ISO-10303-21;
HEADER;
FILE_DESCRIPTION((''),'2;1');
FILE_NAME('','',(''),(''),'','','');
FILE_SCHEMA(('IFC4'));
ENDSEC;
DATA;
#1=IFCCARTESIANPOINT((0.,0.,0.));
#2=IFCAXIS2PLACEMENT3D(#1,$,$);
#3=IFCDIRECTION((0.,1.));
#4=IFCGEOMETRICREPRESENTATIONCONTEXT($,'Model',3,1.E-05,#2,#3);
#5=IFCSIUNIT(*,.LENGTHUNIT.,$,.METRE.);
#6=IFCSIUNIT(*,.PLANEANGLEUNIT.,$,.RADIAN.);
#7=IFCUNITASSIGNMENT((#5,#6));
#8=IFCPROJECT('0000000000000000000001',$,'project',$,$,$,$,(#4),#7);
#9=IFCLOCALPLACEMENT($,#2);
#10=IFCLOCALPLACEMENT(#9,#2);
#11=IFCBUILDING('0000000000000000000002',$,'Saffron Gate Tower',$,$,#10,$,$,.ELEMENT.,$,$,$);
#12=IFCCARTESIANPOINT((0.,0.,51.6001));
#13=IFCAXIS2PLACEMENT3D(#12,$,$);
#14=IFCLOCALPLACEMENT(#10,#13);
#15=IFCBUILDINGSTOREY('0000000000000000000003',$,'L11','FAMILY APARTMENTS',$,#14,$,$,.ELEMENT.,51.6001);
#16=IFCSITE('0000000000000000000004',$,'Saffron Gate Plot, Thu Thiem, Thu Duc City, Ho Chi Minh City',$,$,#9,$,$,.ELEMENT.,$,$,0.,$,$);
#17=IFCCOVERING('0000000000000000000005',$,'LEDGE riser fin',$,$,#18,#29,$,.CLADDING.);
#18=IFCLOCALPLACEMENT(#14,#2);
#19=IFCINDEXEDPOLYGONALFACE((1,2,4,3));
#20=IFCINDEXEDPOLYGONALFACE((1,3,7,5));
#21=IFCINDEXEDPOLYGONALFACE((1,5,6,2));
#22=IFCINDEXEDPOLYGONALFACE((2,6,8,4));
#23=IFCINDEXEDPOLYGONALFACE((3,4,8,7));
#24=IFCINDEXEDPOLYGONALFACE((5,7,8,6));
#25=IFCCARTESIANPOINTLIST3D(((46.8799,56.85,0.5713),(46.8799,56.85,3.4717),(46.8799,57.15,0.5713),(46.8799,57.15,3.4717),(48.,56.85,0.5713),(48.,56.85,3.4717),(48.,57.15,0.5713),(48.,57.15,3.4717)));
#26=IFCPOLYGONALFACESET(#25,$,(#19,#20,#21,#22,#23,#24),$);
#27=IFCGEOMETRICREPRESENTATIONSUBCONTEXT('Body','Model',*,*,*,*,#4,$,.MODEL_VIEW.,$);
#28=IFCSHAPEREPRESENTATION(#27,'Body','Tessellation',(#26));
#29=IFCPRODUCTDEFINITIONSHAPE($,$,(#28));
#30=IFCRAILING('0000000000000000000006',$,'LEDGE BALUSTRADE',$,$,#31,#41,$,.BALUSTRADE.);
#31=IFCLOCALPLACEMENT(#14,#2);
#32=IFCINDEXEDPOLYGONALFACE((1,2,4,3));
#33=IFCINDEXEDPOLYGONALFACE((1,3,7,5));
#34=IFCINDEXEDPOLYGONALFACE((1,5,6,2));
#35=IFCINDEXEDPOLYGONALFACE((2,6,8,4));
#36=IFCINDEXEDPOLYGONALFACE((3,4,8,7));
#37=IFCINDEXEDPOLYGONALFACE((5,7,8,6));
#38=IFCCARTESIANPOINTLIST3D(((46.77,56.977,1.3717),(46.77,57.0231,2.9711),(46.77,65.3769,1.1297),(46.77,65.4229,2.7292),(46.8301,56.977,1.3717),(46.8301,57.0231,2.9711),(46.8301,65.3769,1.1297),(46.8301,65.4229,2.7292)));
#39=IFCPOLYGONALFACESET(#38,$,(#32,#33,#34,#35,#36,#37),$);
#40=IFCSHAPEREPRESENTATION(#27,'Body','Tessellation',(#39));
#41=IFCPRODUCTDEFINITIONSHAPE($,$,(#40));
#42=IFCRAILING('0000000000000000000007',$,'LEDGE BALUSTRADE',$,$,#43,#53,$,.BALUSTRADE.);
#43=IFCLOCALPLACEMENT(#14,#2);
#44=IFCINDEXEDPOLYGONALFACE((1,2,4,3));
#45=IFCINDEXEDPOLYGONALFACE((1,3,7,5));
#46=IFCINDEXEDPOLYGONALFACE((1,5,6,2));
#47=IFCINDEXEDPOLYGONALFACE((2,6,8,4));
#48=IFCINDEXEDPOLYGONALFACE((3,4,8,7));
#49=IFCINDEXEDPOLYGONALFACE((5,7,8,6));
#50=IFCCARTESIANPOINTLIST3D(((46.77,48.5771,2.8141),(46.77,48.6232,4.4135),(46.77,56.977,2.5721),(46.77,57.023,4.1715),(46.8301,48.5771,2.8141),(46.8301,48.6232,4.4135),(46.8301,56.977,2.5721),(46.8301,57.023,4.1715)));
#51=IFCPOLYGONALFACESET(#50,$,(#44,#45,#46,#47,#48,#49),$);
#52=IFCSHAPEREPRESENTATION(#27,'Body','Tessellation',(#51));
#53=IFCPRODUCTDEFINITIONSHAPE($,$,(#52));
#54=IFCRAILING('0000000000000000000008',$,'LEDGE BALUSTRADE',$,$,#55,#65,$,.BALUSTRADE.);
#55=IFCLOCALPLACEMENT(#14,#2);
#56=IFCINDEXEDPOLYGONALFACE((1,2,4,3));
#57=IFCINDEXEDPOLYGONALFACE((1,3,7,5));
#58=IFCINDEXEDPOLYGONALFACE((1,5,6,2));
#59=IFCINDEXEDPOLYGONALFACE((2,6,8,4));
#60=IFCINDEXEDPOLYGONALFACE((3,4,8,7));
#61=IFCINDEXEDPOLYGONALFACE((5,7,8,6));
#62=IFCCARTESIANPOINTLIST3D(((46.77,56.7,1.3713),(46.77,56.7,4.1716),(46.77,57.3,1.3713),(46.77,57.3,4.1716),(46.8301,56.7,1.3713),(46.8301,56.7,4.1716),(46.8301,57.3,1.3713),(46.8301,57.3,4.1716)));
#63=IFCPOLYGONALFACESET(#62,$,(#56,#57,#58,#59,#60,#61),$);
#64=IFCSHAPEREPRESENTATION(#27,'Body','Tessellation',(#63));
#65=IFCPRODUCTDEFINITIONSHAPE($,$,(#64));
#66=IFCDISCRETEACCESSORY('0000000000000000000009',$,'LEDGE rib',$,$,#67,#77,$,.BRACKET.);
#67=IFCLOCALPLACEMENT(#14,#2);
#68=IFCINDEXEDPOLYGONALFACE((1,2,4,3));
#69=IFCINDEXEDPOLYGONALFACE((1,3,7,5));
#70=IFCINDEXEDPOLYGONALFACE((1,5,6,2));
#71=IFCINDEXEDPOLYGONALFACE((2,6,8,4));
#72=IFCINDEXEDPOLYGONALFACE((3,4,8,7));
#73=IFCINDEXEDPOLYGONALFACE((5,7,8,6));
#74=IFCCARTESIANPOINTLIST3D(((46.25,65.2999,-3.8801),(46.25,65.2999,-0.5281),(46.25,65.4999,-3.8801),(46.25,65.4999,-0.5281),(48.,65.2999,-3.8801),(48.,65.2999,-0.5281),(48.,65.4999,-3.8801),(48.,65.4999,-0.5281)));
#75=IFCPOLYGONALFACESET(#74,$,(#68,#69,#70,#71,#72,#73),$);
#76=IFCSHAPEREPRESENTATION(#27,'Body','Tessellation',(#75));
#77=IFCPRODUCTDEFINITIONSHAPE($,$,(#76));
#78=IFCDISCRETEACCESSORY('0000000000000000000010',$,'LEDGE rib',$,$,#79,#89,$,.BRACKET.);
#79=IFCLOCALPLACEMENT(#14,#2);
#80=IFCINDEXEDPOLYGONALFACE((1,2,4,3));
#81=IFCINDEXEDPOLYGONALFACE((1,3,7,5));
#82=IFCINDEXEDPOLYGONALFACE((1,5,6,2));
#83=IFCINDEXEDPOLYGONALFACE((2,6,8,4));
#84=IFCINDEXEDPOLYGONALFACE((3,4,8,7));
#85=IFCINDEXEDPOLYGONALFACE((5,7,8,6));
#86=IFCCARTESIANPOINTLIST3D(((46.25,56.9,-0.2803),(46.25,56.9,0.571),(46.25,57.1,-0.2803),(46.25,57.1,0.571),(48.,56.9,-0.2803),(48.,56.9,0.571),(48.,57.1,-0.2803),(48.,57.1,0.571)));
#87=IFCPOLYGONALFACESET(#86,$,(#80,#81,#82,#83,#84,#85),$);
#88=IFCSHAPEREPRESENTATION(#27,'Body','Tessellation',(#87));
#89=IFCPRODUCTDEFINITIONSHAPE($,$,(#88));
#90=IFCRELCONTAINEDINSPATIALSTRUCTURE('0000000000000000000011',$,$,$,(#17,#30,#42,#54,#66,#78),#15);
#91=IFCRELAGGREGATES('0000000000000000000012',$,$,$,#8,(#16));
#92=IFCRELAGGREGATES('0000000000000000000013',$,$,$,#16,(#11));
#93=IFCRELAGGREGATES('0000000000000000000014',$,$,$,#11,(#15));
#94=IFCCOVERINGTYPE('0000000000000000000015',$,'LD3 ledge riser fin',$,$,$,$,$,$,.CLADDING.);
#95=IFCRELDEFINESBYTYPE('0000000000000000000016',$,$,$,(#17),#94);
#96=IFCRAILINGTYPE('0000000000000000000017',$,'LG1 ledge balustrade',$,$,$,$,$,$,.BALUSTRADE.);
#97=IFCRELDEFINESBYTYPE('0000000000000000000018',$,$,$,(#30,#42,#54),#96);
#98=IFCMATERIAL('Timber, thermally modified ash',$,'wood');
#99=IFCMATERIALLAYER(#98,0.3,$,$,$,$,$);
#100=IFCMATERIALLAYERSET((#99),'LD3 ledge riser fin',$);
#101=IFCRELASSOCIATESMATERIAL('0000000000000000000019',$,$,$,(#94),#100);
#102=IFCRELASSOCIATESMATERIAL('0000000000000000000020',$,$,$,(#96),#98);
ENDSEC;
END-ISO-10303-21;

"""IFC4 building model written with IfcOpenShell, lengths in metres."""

from ifc_helpers import new_model, si_unit, direction, frame, origin, origin_2d, place, context, subcontext, project, spatial, rectangle, extrude, material, layer, layer_set, type_object, element, save


model = new_model("IFC4")

# Units and contexts
model_context = context("Model", 3, precision=1e-05, world=origin(), true_north=direction((0.0, 1.0)))
body_context = subcontext(model_context, "Body", "Model", "MODEL_VIEW")
ifc_project = project(units=[si_unit("LENGTHUNIT", "METRE"), si_unit("PLANEANGLEUNIT", "RADIAN")], contexts=[model_context])

# Site, building, storey
site_placement = place(None, origin())
site = spatial("IfcSite", under=ifc_project, at=site_placement, Name="Saffron Gate Plot, Thu Thiem, Thu Duc City, Ho Chi Minh City", CompositionType="ELEMENT", RefElevation=0.0)
building_placement = place(site_placement, origin())
building = spatial("IfcBuilding", under=site, at=building_placement, Name="Saffron Gate Tower", CompositionType="ELEMENT")
storey_placement = place(building_placement, frame((0.0, 0.0, 51.6001)))
storey = spatial("IfcBuildingStorey", under=building, at=storey_placement, Name="L11", Description="FAMILY APARTMENTS", CompositionType="ELEMENT", Elevation=51.6001)

# Covering
ifc_material_1 = material(Name="Timber, thermally modified ash", Category="wood")
ifc_layer_1 = layer(ifc_material_1, 0.3)
ifc_layer_set_1 = layer_set([ifc_layer_1], Name="LD3 ledge riser fin")
covering_type_1 = type_object("IfcCoveringType", Name="LD3 ledge riser fin", PredefinedType="CLADDING", material=ifc_layer_set_1)
covering_1_placement = place(storey_placement, frame((47.4399, 57.0, 0.5713), z_axis=(0.0, 0.0, 1.0), x_axis=(0.0, -1.0, 0.0)))
element("IfcCovering", 1, at=covering_1_placement, inside=storey, type_object=covering_type_1, Name="LEDGE riser fin", PredefinedType="CLADDING", context=body_context, shape_type="SweptSolid", body=[
    extrude(rectangle(XDim=0.3, YDim=1.1201, at=origin_2d()), origin(), (0.0, 0.0, 1.0), 2.9004),
])

# Railings
railing_type = type_object("IfcRailingType", Name="LG1 ledge balustrade", PredefinedType="BALUSTRADE", material=ifc_material_1)
for number, where, name in (
    (2, (46.8, 65.3999, 1.1294), "LEDGE BALUSTRADE"),
    (3, (46.8, 57.0, 2.5718), "LEDGE BALUSTRADE"),
):
    element("IfcRailing", number, at=place(storey_placement, frame(where)), inside=storey, type_object=railing_type, Name=name, PredefinedType="BALUSTRADE", context=body_context, shape_type="SweptSolid", body=[
        extrude(rectangle(XDim=0.0601, YDim=1.6001, at=origin_2d()), frame((0.0, 0.0, 0.8), z_axis=(0.0, -0.999585, 0.028791), x_axis=(1.0, 0.0, 0.0)), (0.0, 0.0, 1.0), 8.4033),
    ])
railing_placement = place(storey_placement, frame((46.8, 57.3, 1.3713)))
element("IfcRailing", 4, at=railing_placement, inside=storey, type_object=railing_type, Name="LEDGE BALUSTRADE", PredefinedType="BALUSTRADE", context=body_context, shape_type="SweptSolid", body=[
    extrude(rectangle(XDim=0.0601, YDim=2.8003, at=origin_2d()), frame((0.0, 0.0, 1.4001), z_axis=(0.0, -1.0, 0.0), x_axis=(1.0, 0.0, 0.0)), (0.0, 0.0, 1.0), 0.6001),
])

# Discrete accessories
discrete_accessory_1_placement = place(storey_placement, frame((47.125, 65.3999, -3.8801), z_axis=(0.0, 0.0, 1.0), x_axis=(0.0, -1.0, 0.0)))
element("IfcDiscreteAccessory", 5, at=discrete_accessory_1_placement, inside=storey, Name="LEDGE rib", PredefinedType="BRACKET", context=body_context, shape_type="SweptSolid", body=[
    extrude(rectangle(XDim=0.2, YDim=1.75, at=origin_2d()), origin(), (0.0, 0.0, 1.0), 3.3521),
])
discrete_accessory_2_placement = place(storey_placement, frame((47.125, 57.0, -0.2803), z_axis=(0.0, 0.0, 1.0), x_axis=(0.0, -1.0, 0.0)))
element("IfcDiscreteAccessory", 6, at=discrete_accessory_2_placement, inside=storey, Name="LEDGE rib", PredefinedType="BRACKET", context=body_context, shape_type="SweptSolid", body=[
    extrude(rectangle(XDim=0.2, YDim=1.75, at=origin_2d()), origin(), (0.0, 0.0, 1.0), 0.8513),
])

save(model, "model.ifc")
